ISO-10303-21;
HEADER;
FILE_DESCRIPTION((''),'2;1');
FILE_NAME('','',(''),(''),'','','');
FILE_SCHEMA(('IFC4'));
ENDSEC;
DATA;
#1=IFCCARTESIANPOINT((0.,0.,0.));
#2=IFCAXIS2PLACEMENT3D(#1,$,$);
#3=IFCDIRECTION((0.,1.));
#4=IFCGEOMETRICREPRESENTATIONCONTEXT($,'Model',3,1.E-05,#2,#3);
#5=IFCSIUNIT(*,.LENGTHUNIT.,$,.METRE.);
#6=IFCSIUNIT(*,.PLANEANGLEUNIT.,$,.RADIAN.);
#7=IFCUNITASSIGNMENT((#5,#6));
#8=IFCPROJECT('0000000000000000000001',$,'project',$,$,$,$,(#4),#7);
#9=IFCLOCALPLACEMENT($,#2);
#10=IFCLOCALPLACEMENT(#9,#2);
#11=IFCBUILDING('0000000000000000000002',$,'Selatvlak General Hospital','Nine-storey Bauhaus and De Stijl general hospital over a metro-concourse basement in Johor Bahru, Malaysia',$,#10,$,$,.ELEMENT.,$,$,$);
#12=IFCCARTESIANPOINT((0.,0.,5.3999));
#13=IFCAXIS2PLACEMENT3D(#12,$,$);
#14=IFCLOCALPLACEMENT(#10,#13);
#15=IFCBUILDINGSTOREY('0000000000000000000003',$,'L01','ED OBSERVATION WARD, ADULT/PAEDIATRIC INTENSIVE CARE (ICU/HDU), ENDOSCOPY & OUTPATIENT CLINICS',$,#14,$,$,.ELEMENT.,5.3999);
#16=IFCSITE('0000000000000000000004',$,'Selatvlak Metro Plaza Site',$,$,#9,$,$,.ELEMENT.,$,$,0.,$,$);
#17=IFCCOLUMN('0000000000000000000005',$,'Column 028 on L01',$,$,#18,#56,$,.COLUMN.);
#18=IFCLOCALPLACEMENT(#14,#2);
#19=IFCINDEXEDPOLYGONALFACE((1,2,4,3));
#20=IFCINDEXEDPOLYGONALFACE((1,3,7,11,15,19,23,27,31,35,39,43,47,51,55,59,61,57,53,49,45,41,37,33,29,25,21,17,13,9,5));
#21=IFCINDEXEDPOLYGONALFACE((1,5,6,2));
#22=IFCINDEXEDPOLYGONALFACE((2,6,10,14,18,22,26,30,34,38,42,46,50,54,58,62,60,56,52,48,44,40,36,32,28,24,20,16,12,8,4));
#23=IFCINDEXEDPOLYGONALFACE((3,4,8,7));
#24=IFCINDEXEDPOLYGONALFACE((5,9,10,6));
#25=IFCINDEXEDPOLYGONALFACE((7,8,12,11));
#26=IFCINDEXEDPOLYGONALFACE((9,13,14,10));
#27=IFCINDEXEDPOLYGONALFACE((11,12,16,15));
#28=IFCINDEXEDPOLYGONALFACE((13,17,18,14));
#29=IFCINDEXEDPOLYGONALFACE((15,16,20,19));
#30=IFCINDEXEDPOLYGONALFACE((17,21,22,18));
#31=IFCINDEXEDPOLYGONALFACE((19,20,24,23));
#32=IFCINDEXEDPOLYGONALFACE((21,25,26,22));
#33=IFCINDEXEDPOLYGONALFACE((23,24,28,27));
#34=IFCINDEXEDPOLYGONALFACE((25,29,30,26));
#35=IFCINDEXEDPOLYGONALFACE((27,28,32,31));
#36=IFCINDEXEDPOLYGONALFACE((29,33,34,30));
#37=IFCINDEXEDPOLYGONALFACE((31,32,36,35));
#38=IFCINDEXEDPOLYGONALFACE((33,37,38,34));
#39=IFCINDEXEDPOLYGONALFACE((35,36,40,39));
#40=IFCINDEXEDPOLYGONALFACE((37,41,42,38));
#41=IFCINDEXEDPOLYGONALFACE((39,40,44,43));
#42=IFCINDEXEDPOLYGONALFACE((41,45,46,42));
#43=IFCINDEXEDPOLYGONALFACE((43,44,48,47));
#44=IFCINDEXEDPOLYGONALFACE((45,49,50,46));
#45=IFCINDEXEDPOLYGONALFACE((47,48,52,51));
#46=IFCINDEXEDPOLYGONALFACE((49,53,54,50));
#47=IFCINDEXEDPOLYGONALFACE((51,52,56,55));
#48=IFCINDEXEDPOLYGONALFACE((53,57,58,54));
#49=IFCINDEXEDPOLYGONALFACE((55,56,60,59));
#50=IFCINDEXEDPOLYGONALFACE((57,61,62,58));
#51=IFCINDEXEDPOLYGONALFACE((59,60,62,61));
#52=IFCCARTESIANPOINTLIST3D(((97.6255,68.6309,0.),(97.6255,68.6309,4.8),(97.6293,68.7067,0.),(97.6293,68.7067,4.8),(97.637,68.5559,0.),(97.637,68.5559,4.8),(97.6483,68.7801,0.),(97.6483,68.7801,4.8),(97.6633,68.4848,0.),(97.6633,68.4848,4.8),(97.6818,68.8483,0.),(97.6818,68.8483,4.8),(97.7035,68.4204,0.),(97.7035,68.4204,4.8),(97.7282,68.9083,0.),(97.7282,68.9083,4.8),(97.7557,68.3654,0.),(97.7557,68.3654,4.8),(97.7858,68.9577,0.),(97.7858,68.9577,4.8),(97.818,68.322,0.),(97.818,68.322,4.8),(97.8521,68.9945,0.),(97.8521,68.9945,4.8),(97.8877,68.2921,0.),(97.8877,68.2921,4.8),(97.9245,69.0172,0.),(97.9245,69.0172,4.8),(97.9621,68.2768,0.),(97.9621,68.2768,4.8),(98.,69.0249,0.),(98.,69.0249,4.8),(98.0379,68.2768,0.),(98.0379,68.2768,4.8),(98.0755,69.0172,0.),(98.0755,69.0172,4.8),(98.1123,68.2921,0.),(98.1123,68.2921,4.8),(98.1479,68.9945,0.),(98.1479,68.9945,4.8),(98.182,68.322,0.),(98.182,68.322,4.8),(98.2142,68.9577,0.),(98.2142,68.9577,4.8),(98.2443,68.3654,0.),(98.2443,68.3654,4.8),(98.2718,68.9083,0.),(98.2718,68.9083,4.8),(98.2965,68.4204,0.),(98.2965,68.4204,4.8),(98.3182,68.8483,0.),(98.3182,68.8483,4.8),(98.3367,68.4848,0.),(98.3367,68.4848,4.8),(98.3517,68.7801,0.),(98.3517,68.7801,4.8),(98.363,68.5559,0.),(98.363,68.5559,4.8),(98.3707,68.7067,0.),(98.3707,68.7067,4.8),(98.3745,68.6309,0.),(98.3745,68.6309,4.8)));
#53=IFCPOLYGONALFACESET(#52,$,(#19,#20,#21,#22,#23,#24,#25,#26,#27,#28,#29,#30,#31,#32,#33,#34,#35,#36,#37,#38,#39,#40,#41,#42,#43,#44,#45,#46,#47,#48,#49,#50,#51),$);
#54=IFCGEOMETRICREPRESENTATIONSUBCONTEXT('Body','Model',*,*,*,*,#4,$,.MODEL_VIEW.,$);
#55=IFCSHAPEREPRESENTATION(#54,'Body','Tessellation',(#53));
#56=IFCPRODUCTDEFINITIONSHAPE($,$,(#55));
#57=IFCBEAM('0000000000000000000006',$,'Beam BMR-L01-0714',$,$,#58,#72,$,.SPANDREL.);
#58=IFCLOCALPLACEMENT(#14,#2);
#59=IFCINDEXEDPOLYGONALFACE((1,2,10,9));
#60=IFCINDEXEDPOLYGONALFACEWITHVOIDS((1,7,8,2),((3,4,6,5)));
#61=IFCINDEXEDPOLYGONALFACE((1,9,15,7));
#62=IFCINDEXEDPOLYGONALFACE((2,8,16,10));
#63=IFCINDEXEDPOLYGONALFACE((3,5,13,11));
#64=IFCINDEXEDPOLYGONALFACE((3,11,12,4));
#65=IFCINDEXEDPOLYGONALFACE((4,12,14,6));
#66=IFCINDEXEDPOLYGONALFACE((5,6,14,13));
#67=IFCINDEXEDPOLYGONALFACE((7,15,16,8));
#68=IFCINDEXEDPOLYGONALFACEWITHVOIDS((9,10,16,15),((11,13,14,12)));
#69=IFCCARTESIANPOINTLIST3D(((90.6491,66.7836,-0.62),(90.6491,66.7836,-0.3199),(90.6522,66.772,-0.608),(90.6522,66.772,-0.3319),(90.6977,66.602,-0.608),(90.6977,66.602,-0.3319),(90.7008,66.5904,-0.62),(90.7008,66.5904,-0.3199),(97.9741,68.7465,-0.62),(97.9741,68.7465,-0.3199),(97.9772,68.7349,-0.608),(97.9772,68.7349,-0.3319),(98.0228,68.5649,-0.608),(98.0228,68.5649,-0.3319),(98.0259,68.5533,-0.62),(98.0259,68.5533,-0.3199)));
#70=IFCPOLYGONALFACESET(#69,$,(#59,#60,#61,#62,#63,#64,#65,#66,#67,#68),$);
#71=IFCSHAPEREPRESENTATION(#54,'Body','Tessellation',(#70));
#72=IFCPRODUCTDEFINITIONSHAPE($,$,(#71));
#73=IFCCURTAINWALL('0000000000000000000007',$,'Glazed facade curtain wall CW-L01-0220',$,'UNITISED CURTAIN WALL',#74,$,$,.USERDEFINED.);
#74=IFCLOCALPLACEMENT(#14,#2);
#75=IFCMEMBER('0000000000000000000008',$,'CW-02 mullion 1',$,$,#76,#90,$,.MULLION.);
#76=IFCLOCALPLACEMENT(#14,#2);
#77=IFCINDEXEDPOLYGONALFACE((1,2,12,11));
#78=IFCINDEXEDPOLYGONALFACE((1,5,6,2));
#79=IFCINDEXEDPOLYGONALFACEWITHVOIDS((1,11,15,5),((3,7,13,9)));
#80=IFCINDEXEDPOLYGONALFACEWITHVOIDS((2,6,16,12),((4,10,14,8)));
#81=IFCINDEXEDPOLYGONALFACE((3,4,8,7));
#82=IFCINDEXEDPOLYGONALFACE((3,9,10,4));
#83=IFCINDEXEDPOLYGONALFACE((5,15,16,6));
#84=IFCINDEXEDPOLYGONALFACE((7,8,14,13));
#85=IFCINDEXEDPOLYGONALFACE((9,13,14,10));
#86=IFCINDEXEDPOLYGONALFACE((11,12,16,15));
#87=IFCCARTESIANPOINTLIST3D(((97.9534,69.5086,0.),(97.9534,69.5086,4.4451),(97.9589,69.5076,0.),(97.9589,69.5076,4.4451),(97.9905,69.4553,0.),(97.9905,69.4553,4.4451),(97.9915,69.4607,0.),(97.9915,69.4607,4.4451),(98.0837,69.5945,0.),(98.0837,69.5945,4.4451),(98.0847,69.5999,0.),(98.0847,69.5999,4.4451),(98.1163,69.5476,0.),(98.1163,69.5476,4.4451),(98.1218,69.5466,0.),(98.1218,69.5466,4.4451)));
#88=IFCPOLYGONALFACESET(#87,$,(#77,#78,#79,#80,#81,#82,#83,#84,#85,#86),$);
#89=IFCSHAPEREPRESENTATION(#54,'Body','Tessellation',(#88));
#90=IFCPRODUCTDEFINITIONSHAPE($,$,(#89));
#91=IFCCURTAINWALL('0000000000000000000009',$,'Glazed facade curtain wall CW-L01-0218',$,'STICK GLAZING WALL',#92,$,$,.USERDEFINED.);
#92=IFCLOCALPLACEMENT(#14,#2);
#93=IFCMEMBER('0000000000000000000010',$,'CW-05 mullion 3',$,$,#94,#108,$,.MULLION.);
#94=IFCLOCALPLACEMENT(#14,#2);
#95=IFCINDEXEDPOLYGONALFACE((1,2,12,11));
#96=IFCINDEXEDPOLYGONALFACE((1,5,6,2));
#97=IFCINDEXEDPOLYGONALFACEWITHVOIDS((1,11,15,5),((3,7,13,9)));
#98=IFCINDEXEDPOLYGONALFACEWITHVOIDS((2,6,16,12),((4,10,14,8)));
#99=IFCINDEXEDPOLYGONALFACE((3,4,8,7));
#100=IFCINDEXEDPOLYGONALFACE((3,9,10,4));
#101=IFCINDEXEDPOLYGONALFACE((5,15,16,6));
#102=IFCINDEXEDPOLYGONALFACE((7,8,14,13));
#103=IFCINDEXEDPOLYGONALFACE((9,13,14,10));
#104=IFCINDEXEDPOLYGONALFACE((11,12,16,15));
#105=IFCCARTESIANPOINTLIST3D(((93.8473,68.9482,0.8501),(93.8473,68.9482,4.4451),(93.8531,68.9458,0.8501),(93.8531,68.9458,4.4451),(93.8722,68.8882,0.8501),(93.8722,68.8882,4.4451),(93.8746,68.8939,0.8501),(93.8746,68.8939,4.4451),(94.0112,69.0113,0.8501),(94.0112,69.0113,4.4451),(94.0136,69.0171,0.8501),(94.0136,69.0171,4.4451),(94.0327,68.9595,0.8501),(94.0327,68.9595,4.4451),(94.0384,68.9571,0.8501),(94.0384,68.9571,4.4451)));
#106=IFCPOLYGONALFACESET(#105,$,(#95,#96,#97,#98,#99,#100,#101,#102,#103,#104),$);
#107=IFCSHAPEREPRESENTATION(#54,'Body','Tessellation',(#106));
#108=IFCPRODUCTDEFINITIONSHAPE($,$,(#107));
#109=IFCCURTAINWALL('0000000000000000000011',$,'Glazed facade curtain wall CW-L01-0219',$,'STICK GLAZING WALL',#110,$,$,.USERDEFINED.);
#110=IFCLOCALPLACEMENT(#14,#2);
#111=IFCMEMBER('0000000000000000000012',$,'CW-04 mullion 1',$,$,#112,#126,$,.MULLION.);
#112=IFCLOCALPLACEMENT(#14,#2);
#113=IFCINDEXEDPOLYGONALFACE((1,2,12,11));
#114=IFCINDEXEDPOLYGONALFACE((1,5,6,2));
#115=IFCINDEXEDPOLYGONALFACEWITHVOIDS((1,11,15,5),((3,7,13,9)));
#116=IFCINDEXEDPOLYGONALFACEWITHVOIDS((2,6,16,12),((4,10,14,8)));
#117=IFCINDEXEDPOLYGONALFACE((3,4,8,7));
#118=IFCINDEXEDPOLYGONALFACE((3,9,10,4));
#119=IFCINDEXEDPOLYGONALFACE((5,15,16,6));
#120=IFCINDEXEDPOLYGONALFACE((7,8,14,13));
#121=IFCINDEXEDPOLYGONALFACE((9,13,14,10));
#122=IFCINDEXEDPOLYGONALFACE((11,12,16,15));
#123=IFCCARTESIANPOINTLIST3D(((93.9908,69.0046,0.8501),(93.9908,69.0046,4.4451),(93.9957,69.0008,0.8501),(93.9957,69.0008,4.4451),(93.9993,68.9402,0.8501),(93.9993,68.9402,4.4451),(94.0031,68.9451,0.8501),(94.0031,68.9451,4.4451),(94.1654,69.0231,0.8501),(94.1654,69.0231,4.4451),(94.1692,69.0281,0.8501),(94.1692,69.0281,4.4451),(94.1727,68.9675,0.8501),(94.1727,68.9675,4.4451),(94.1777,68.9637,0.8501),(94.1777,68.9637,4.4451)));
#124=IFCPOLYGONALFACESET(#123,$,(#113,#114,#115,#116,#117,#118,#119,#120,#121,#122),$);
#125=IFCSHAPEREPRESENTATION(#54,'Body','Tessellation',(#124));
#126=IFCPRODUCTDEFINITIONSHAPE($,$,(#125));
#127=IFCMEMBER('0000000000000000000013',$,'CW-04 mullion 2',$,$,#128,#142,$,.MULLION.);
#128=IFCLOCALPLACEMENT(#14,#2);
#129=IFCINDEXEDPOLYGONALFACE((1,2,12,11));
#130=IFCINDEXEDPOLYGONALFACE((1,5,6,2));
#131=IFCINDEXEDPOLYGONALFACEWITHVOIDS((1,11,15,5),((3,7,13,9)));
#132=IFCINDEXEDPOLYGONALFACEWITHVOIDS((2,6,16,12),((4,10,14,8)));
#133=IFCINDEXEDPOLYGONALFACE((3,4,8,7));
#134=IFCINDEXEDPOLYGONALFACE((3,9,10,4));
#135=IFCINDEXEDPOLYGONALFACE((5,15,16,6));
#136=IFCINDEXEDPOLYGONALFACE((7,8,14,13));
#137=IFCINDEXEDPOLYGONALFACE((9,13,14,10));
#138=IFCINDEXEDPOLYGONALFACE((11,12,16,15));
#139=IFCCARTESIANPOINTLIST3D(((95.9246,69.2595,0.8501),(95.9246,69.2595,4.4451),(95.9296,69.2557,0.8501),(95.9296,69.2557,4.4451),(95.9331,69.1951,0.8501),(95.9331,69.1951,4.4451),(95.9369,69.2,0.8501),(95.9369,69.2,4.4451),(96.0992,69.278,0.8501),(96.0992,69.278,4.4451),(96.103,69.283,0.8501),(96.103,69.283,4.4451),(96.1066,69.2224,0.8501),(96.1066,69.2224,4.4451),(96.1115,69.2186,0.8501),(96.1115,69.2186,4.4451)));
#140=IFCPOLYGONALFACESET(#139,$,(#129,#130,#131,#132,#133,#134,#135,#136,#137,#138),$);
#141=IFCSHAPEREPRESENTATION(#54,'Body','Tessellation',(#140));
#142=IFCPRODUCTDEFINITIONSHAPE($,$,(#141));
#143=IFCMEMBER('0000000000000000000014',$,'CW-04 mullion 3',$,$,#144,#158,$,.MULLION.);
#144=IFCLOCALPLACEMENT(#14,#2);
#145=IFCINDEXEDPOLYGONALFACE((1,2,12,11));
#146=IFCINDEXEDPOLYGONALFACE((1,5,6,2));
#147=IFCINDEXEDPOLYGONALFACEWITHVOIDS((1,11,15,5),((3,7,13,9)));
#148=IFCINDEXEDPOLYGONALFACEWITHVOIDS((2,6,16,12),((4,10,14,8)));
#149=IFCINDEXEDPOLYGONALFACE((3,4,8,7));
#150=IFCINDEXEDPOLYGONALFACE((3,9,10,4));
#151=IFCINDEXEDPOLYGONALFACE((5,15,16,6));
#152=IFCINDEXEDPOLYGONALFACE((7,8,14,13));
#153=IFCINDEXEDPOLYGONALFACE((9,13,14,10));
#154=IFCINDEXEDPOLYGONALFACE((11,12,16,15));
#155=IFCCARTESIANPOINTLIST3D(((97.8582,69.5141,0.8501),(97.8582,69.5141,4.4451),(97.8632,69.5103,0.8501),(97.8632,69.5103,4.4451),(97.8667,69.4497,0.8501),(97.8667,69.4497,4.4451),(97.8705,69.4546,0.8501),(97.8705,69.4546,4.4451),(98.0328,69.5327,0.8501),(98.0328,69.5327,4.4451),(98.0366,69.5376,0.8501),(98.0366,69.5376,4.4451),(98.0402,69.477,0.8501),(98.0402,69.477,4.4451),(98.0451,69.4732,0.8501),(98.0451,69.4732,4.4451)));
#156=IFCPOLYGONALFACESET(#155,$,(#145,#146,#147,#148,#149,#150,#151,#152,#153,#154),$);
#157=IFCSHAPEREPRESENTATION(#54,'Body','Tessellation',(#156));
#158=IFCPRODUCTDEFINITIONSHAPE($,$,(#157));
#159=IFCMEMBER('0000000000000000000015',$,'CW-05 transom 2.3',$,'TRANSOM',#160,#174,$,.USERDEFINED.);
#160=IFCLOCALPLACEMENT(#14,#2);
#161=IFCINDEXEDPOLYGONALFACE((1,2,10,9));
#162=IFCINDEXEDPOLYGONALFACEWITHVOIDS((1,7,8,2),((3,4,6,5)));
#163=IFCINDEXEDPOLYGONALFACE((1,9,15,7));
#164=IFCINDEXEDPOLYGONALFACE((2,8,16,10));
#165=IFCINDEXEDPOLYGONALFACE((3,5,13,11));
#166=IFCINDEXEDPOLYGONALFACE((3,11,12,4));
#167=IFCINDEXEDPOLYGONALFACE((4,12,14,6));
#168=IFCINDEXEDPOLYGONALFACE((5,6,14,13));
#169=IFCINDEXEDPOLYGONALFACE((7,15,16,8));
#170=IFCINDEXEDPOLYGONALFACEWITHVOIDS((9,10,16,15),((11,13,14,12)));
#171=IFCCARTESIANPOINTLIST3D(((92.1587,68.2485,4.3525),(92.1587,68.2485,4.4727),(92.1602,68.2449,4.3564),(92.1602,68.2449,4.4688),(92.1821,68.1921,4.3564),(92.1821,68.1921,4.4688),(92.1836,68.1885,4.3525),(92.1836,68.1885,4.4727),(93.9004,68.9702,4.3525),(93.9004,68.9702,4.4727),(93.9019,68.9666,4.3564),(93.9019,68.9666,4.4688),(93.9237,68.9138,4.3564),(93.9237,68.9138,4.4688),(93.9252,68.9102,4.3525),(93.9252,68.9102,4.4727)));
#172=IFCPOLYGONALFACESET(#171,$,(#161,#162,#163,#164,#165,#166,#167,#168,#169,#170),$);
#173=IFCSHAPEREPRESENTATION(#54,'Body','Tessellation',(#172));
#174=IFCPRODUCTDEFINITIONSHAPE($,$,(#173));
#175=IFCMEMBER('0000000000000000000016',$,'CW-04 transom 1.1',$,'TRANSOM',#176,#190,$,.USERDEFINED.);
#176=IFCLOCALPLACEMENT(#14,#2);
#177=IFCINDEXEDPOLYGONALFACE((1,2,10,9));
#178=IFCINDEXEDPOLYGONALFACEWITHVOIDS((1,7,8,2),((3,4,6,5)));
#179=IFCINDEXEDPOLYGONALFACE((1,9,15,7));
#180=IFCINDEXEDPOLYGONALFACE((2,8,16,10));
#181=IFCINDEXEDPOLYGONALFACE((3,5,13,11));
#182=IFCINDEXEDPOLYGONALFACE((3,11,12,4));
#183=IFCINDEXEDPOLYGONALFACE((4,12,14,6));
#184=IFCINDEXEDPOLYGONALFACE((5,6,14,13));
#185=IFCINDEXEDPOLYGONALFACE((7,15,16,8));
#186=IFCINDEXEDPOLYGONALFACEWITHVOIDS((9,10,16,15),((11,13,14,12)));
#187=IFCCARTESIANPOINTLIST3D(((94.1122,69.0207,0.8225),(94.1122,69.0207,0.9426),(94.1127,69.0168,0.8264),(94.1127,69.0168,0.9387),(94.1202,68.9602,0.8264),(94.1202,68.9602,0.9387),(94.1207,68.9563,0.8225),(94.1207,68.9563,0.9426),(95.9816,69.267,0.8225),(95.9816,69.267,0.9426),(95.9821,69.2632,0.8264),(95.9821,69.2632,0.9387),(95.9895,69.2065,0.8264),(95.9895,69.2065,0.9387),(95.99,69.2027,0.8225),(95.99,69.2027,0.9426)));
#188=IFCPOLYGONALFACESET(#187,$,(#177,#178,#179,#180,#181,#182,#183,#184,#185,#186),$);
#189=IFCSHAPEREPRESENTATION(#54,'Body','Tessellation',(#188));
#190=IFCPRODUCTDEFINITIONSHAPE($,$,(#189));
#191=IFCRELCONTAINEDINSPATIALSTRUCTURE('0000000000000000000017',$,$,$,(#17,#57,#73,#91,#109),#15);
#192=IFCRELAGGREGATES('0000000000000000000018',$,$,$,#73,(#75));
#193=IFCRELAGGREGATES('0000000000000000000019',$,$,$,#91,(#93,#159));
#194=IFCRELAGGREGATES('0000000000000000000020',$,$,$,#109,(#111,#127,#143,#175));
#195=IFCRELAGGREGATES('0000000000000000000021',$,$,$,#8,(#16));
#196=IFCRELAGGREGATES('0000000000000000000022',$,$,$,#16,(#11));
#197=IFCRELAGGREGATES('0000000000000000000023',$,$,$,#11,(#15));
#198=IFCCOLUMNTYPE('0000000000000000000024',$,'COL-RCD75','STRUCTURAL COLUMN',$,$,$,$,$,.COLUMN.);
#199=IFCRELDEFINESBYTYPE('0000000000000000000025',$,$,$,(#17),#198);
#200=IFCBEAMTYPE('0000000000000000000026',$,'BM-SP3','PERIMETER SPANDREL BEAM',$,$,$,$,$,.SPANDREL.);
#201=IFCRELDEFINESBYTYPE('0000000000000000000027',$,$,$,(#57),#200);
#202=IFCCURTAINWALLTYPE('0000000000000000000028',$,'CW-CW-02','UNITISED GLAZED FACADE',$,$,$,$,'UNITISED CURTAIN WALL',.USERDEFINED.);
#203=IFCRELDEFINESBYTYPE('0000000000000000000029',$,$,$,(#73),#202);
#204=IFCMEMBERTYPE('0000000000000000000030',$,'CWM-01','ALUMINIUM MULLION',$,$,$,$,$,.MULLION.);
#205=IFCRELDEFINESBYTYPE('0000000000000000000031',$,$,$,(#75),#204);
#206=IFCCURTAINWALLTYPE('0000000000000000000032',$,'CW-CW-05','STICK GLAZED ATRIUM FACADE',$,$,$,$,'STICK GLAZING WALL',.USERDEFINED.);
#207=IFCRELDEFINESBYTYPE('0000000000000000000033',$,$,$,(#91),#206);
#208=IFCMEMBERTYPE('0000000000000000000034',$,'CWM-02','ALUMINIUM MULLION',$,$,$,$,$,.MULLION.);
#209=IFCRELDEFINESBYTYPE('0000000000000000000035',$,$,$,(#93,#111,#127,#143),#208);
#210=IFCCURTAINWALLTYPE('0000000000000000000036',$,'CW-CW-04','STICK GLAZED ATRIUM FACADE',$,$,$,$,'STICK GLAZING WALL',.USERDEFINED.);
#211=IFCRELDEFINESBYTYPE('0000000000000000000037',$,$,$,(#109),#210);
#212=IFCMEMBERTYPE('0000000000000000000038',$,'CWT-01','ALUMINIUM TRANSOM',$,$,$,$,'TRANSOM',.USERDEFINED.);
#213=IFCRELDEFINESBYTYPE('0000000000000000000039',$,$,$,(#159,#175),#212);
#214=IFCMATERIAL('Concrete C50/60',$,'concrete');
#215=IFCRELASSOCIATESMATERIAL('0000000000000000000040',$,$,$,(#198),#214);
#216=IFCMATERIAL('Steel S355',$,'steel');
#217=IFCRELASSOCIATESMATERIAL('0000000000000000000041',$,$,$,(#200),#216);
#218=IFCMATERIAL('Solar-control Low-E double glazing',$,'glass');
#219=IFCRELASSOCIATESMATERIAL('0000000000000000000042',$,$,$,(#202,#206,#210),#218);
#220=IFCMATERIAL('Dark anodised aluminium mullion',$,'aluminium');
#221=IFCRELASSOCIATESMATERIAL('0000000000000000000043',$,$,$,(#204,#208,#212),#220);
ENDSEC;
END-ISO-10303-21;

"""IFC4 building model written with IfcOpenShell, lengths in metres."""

from ifc_helpers import new_model, si_unit, direction, frame, origin, origin_2d, place, context, subcontext, project, spatial, hollow_rectangle, circle, extrude, material, material_profile, profile_set, type_object, element, aggregate, save


model = new_model("IFC4")

# Units and contexts
model_context = context("Model", 3, precision=1e-05, world=origin(), true_north=direction((0.0, 1.0)))
body_context = subcontext(model_context, "Body", "Model", "MODEL_VIEW")
ifc_project = project(units=[si_unit("LENGTHUNIT", "METRE"), si_unit("PLANEANGLEUNIT", "RADIAN")], contexts=[model_context])

# Site, building, storey
site_placement = place(None, origin())
site = spatial("IfcSite", under=ifc_project, at=site_placement, Name="Selatvlak Metro Plaza Site", CompositionType="ELEMENT", RefElevation=0.0)
building_placement = place(site_placement, origin())
building = spatial("IfcBuilding", under=site, at=building_placement, Name="Selatvlak General Hospital", Description="Nine-storey Bauhaus and De Stijl general hospital over a metro-concourse basement in Johor Bahru, Malaysia", CompositionType="ELEMENT")
storey_placement = place(building_placement, frame((0.0, 0.0, 5.3999)))
storey = spatial("IfcBuildingStorey", under=building, at=storey_placement, Name="L01", Description="ED OBSERVATION WARD, ADULT/PAEDIATRIC INTENSIVE CARE (ICU/HDU), ENDOSCOPY & OUTPATIENT CLINICS", CompositionType="ELEMENT", Elevation=5.3999)

# Column
ifc_material_1 = material(Name="Concrete C50/60", Category="concrete")
ifc_material_profile_1 = material_profile(ifc_material_1, circle(Radius=0.375, at=origin_2d()), Name="RC-COL D750")
ifc_profile_set_1 = profile_set([ifc_material_profile_1], Name="Concrete C50/60")
column_type = type_object("IfcColumnType", Name="COL-RCD75", Description="STRUCTURAL COLUMN", PredefinedType="COLUMN", material=ifc_profile_set_1)
column_placement = place(storey_placement, frame((98.0, 68.6499, 0.0), z_axis=(0.0, 0.0, 1.0), x_axis=(0.0, 1.0, 0.0)))
element("IfcColumn", 1, at=column_placement, inside=storey, type_object=column_type, Name="Column 028 on L01", PredefinedType="COLUMN", context=body_context, shape_type="SweptSolid", body=[
    extrude(circle(Radius=0.375, at=origin_2d()), origin(), (0.0, 0.0, 1.0), 4.8),
])

# Beam
ifc_material_2 = material(Name="Steel S355", Category="steel")
ifc_material_profile_2 = material_profile(ifc_material_2, hollow_rectangle(XDim=0.2, YDim=0.3, WallThickness=0.012, at=origin_2d()), Name="RHS 300x200x12")
ifc_profile_set_2 = profile_set([ifc_material_profile_2], Name="Steel S355")
beam_type = type_object("IfcBeamType", Name="BM-SP3", Description="PERIMETER SPANDREL BEAM", PredefinedType="SPANDREL", material=ifc_profile_set_2)
beam_placement = place(storey_placement, frame((98.0, 68.6499, -0.47), z_axis=(-0.96592, -0.258841, 0.0), x_axis=(0.258841, -0.96592, 0.0)))
element("IfcBeam", 2, at=beam_placement, inside=storey, type_object=beam_type, Name="Beam BMR-L01-0714", PredefinedType="SPANDREL", context=body_context, shape_type="SweptSolid", body=[
    extrude(hollow_rectangle(XDim=0.2, YDim=0.3, WallThickness=0.012, at=origin_2d()), origin(), (0.0, 0.0, 1.0), 7.5835),
])

# Curtain walls, members
ifc_material_3 = material(Name="Solar-control Low-E double glazing", Category="glass")
curtain_wall_type_1 = type_object("IfcCurtainWallType", Name="CW-CW-02", Description="UNITISED GLAZED FACADE", ElementType="UNITISED CURTAIN WALL", PredefinedType="USERDEFINED", material=ifc_material_3)
curtain_wall_1_placement = place(storey_placement, origin())
curtain_wall_1 = element("IfcCurtainWall", 3, at=curtain_wall_1_placement, inside=storey, type_object=curtain_wall_type_1, Name="Glazed facade curtain wall CW-L01-0220", ObjectType="UNITISED CURTAIN WALL", PredefinedType="USERDEFINED")
ifc_material_4 = material(Name="Dark anodised aluminium mullion", Category="aluminium")
ifc_material_profile_3 = material_profile(ifc_material_4, hollow_rectangle(XDim=0.0649, YDim=0.1599, WallThickness=0.0039, at=origin_2d()), Name="AL-MUL 65x160x4")
ifc_profile_set_3 = profile_set([ifc_material_profile_3], Name="Dark anodised aluminium mullion")
member_type_1 = type_object("IfcMemberType", Name="CWM-01", Description="ALUMINIUM MULLION", PredefinedType="MULLION", material=ifc_profile_set_3)
member_1_placement = place(storey_placement, frame((98.0376, 69.5276, 0.0), z_axis=(0.0, 0.0, 1.0), x_axis=(-0.571111, 0.820873, 0.0)))
member_1 = element("IfcMember", 4, at=member_1_placement, type_object=member_type_1, Name="CW-02 mullion 1", PredefinedType="MULLION", context=body_context, shape_type="SweptSolid", body=[
    extrude(hollow_rectangle(XDim=0.0649, YDim=0.1599, WallThickness=0.0039, at=origin_2d()), origin(), (0.0, 0.0, 1.0), 4.4451),
])
curtain_wall_type_2 = type_object("IfcCurtainWallType", Name="CW-CW-05", Description="STICK GLAZED ATRIUM FACADE", ElementType="STICK GLAZING WALL", PredefinedType="USERDEFINED", material=ifc_material_3)
curtain_wall_2_placement = place(storey_placement, origin())
curtain_wall_2 = element("IfcCurtainWall", 5, at=curtain_wall_2_placement, inside=storey, type_object=curtain_wall_type_2, Name="Glazed facade curtain wall CW-L01-0218", ObjectType="STICK GLAZING WALL", PredefinedType="USERDEFINED")
ifc_material_profile_4 = material_profile(ifc_material_4, hollow_rectangle(XDim=0.0649, YDim=0.1799, WallThickness=0.0044, at=origin_2d()), Name="AL-MUL 65x180x4.5")
ifc_profile_set_4 = profile_set([ifc_material_profile_4], Name="Dark anodised aluminium mullion")
member_type_2 = type_object("IfcMemberType", Name="CWM-02", Description="ALUMINIUM MULLION", PredefinedType="MULLION", material=ifc_profile_set_4)
member_2_placement = place(storey_placement, frame((93.9429, 68.9526, 0.8501), z_axis=(0.0, 0.0, 1.0), x_axis=(-0.382753, 0.923851, 0.0)))
member_2 = element("IfcMember", 6, at=member_2_placement, type_object=member_type_2, Name="CW-05 mullion 3", PredefinedType="MULLION", context=body_context, shape_type="SweptSolid", body=[
    extrude(hollow_rectangle(XDim=0.0649, YDim=0.1799, WallThickness=0.0044, at=origin_2d()), origin(), (0.0, 0.0, 1.0), 3.595),
])

# Curtain wall, members
curtain_wall_type_3 = type_object("IfcCurtainWallType", Name="CW-CW-04", Description="STICK GLAZED ATRIUM FACADE", ElementType="STICK GLAZING WALL", PredefinedType="USERDEFINED", material=ifc_material_3)
curtain_wall_3_placement = place(storey_placement, origin())
curtain_wall_3 = element("IfcCurtainWall", 7, at=curtain_wall_3_placement, inside=storey, type_object=curtain_wall_type_3, Name="Glazed facade curtain wall CW-L01-0219", ObjectType="STICK GLAZING WALL", PredefinedType="USERDEFINED")
member_3_placement = place(storey_placement, frame((94.0842, 68.9841, 0.8501), z_axis=(0.0, 0.0, 1.0), x_axis=(-0.130611, 0.991434, 0.0)))
member_3 = element("IfcMember", 8, at=member_3_placement, type_object=member_type_2, Name="CW-04 mullion 1", PredefinedType="MULLION", context=body_context, shape_type="SweptSolid", body=[
    extrude(hollow_rectangle(XDim=0.0649, YDim=0.1799, WallThickness=0.0044, at=origin_2d()), origin(), (0.0, 0.0, 1.0), 3.595),
])
member_4_placement = place(storey_placement, frame((96.0181, 69.239, 0.8501), z_axis=(0.0, 0.0, 1.0), x_axis=(-0.130611, 0.991434, 0.0)))
member_4 = element("IfcMember", 9, at=member_4_placement, type_object=member_type_2, Name="CW-04 mullion 2", PredefinedType="MULLION", context=body_context, shape_type="SweptSolid", body=[
    extrude(hollow_rectangle(XDim=0.0649, YDim=0.1799, WallThickness=0.0044, at=origin_2d()), origin(), (0.0, 0.0, 1.0), 3.595),
])
member_5_placement = place(storey_placement, frame((97.9517, 69.4937, 0.8501), z_axis=(0.0, 0.0, 1.0), x_axis=(-0.130611, 0.991434, 0.0)))
member_5 = element("IfcMember", 10, at=member_5_placement, type_object=member_type_2, Name="CW-04 mullion 3", PredefinedType="MULLION", context=body_context, shape_type="SweptSolid", body=[
    extrude(hollow_rectangle(XDim=0.0649, YDim=0.1799, WallThickness=0.0044, at=origin_2d()), origin(), (0.0, 0.0, 1.0), 3.595),
])

# Members
ifc_material_profile_5 = material_profile(ifc_material_4, hollow_rectangle(XDim=0.0649, YDim=0.1201, WallThickness=0.0039, at=origin_2d()), Name="AL-TRN 65x120x4")
ifc_profile_set_5 = profile_set([ifc_material_profile_5], Name="Dark anodised aluminium mullion")
member_type_3 = type_object("IfcMemberType", Name="CWT-01", Description="ALUMINIUM TRANSOM", ElementType="TRANSOM", PredefinedType="USERDEFINED", material=ifc_profile_set_5)
member_6_placement = place(storey_placement, frame((92.1711, 68.2185, 4.4126), z_axis=(0.923834, 0.382794, 0.0), x_axis=(-0.382794, 0.923834, 0.0)))
member_6 = element("IfcMember", 11, at=member_6_placement, type_object=member_type_3, Name="CW-05 transom 2.3", ObjectType="TRANSOM", PredefinedType="USERDEFINED", context=body_context, shape_type="SweptSolid", body=[
    extrude(hollow_rectangle(XDim=0.0649, YDim=0.1201, WallThickness=0.0039, at=origin_2d()), origin(), (0.0, 0.0, 1.0), 1.8853),
])
member_7_placement = place(storey_placement, frame((94.1165, 68.9885, 0.8826), z_axis=(0.991429, 0.130645, 0.0), x_axis=(-0.130645, 0.991429, 0.0)))
member_7 = element("IfcMember", 12, at=member_7_placement, type_object=member_type_3, Name="CW-04 transom 1.1", ObjectType="TRANSOM", PredefinedType="USERDEFINED", context=body_context, shape_type="SweptSolid", body=[
    extrude(hollow_rectangle(XDim=0.0649, YDim=0.1201, WallThickness=0.0039, at=origin_2d()), origin(), (0.0, 0.0, 1.0), 1.8855),
])
aggregate(curtain_wall_1, [member_1])

aggregate(curtain_wall_2, [member_2, member_6])
aggregate(curtain_wall_3, [member_3, member_4, member_5, member_7])

save(model, "model.ifc")
